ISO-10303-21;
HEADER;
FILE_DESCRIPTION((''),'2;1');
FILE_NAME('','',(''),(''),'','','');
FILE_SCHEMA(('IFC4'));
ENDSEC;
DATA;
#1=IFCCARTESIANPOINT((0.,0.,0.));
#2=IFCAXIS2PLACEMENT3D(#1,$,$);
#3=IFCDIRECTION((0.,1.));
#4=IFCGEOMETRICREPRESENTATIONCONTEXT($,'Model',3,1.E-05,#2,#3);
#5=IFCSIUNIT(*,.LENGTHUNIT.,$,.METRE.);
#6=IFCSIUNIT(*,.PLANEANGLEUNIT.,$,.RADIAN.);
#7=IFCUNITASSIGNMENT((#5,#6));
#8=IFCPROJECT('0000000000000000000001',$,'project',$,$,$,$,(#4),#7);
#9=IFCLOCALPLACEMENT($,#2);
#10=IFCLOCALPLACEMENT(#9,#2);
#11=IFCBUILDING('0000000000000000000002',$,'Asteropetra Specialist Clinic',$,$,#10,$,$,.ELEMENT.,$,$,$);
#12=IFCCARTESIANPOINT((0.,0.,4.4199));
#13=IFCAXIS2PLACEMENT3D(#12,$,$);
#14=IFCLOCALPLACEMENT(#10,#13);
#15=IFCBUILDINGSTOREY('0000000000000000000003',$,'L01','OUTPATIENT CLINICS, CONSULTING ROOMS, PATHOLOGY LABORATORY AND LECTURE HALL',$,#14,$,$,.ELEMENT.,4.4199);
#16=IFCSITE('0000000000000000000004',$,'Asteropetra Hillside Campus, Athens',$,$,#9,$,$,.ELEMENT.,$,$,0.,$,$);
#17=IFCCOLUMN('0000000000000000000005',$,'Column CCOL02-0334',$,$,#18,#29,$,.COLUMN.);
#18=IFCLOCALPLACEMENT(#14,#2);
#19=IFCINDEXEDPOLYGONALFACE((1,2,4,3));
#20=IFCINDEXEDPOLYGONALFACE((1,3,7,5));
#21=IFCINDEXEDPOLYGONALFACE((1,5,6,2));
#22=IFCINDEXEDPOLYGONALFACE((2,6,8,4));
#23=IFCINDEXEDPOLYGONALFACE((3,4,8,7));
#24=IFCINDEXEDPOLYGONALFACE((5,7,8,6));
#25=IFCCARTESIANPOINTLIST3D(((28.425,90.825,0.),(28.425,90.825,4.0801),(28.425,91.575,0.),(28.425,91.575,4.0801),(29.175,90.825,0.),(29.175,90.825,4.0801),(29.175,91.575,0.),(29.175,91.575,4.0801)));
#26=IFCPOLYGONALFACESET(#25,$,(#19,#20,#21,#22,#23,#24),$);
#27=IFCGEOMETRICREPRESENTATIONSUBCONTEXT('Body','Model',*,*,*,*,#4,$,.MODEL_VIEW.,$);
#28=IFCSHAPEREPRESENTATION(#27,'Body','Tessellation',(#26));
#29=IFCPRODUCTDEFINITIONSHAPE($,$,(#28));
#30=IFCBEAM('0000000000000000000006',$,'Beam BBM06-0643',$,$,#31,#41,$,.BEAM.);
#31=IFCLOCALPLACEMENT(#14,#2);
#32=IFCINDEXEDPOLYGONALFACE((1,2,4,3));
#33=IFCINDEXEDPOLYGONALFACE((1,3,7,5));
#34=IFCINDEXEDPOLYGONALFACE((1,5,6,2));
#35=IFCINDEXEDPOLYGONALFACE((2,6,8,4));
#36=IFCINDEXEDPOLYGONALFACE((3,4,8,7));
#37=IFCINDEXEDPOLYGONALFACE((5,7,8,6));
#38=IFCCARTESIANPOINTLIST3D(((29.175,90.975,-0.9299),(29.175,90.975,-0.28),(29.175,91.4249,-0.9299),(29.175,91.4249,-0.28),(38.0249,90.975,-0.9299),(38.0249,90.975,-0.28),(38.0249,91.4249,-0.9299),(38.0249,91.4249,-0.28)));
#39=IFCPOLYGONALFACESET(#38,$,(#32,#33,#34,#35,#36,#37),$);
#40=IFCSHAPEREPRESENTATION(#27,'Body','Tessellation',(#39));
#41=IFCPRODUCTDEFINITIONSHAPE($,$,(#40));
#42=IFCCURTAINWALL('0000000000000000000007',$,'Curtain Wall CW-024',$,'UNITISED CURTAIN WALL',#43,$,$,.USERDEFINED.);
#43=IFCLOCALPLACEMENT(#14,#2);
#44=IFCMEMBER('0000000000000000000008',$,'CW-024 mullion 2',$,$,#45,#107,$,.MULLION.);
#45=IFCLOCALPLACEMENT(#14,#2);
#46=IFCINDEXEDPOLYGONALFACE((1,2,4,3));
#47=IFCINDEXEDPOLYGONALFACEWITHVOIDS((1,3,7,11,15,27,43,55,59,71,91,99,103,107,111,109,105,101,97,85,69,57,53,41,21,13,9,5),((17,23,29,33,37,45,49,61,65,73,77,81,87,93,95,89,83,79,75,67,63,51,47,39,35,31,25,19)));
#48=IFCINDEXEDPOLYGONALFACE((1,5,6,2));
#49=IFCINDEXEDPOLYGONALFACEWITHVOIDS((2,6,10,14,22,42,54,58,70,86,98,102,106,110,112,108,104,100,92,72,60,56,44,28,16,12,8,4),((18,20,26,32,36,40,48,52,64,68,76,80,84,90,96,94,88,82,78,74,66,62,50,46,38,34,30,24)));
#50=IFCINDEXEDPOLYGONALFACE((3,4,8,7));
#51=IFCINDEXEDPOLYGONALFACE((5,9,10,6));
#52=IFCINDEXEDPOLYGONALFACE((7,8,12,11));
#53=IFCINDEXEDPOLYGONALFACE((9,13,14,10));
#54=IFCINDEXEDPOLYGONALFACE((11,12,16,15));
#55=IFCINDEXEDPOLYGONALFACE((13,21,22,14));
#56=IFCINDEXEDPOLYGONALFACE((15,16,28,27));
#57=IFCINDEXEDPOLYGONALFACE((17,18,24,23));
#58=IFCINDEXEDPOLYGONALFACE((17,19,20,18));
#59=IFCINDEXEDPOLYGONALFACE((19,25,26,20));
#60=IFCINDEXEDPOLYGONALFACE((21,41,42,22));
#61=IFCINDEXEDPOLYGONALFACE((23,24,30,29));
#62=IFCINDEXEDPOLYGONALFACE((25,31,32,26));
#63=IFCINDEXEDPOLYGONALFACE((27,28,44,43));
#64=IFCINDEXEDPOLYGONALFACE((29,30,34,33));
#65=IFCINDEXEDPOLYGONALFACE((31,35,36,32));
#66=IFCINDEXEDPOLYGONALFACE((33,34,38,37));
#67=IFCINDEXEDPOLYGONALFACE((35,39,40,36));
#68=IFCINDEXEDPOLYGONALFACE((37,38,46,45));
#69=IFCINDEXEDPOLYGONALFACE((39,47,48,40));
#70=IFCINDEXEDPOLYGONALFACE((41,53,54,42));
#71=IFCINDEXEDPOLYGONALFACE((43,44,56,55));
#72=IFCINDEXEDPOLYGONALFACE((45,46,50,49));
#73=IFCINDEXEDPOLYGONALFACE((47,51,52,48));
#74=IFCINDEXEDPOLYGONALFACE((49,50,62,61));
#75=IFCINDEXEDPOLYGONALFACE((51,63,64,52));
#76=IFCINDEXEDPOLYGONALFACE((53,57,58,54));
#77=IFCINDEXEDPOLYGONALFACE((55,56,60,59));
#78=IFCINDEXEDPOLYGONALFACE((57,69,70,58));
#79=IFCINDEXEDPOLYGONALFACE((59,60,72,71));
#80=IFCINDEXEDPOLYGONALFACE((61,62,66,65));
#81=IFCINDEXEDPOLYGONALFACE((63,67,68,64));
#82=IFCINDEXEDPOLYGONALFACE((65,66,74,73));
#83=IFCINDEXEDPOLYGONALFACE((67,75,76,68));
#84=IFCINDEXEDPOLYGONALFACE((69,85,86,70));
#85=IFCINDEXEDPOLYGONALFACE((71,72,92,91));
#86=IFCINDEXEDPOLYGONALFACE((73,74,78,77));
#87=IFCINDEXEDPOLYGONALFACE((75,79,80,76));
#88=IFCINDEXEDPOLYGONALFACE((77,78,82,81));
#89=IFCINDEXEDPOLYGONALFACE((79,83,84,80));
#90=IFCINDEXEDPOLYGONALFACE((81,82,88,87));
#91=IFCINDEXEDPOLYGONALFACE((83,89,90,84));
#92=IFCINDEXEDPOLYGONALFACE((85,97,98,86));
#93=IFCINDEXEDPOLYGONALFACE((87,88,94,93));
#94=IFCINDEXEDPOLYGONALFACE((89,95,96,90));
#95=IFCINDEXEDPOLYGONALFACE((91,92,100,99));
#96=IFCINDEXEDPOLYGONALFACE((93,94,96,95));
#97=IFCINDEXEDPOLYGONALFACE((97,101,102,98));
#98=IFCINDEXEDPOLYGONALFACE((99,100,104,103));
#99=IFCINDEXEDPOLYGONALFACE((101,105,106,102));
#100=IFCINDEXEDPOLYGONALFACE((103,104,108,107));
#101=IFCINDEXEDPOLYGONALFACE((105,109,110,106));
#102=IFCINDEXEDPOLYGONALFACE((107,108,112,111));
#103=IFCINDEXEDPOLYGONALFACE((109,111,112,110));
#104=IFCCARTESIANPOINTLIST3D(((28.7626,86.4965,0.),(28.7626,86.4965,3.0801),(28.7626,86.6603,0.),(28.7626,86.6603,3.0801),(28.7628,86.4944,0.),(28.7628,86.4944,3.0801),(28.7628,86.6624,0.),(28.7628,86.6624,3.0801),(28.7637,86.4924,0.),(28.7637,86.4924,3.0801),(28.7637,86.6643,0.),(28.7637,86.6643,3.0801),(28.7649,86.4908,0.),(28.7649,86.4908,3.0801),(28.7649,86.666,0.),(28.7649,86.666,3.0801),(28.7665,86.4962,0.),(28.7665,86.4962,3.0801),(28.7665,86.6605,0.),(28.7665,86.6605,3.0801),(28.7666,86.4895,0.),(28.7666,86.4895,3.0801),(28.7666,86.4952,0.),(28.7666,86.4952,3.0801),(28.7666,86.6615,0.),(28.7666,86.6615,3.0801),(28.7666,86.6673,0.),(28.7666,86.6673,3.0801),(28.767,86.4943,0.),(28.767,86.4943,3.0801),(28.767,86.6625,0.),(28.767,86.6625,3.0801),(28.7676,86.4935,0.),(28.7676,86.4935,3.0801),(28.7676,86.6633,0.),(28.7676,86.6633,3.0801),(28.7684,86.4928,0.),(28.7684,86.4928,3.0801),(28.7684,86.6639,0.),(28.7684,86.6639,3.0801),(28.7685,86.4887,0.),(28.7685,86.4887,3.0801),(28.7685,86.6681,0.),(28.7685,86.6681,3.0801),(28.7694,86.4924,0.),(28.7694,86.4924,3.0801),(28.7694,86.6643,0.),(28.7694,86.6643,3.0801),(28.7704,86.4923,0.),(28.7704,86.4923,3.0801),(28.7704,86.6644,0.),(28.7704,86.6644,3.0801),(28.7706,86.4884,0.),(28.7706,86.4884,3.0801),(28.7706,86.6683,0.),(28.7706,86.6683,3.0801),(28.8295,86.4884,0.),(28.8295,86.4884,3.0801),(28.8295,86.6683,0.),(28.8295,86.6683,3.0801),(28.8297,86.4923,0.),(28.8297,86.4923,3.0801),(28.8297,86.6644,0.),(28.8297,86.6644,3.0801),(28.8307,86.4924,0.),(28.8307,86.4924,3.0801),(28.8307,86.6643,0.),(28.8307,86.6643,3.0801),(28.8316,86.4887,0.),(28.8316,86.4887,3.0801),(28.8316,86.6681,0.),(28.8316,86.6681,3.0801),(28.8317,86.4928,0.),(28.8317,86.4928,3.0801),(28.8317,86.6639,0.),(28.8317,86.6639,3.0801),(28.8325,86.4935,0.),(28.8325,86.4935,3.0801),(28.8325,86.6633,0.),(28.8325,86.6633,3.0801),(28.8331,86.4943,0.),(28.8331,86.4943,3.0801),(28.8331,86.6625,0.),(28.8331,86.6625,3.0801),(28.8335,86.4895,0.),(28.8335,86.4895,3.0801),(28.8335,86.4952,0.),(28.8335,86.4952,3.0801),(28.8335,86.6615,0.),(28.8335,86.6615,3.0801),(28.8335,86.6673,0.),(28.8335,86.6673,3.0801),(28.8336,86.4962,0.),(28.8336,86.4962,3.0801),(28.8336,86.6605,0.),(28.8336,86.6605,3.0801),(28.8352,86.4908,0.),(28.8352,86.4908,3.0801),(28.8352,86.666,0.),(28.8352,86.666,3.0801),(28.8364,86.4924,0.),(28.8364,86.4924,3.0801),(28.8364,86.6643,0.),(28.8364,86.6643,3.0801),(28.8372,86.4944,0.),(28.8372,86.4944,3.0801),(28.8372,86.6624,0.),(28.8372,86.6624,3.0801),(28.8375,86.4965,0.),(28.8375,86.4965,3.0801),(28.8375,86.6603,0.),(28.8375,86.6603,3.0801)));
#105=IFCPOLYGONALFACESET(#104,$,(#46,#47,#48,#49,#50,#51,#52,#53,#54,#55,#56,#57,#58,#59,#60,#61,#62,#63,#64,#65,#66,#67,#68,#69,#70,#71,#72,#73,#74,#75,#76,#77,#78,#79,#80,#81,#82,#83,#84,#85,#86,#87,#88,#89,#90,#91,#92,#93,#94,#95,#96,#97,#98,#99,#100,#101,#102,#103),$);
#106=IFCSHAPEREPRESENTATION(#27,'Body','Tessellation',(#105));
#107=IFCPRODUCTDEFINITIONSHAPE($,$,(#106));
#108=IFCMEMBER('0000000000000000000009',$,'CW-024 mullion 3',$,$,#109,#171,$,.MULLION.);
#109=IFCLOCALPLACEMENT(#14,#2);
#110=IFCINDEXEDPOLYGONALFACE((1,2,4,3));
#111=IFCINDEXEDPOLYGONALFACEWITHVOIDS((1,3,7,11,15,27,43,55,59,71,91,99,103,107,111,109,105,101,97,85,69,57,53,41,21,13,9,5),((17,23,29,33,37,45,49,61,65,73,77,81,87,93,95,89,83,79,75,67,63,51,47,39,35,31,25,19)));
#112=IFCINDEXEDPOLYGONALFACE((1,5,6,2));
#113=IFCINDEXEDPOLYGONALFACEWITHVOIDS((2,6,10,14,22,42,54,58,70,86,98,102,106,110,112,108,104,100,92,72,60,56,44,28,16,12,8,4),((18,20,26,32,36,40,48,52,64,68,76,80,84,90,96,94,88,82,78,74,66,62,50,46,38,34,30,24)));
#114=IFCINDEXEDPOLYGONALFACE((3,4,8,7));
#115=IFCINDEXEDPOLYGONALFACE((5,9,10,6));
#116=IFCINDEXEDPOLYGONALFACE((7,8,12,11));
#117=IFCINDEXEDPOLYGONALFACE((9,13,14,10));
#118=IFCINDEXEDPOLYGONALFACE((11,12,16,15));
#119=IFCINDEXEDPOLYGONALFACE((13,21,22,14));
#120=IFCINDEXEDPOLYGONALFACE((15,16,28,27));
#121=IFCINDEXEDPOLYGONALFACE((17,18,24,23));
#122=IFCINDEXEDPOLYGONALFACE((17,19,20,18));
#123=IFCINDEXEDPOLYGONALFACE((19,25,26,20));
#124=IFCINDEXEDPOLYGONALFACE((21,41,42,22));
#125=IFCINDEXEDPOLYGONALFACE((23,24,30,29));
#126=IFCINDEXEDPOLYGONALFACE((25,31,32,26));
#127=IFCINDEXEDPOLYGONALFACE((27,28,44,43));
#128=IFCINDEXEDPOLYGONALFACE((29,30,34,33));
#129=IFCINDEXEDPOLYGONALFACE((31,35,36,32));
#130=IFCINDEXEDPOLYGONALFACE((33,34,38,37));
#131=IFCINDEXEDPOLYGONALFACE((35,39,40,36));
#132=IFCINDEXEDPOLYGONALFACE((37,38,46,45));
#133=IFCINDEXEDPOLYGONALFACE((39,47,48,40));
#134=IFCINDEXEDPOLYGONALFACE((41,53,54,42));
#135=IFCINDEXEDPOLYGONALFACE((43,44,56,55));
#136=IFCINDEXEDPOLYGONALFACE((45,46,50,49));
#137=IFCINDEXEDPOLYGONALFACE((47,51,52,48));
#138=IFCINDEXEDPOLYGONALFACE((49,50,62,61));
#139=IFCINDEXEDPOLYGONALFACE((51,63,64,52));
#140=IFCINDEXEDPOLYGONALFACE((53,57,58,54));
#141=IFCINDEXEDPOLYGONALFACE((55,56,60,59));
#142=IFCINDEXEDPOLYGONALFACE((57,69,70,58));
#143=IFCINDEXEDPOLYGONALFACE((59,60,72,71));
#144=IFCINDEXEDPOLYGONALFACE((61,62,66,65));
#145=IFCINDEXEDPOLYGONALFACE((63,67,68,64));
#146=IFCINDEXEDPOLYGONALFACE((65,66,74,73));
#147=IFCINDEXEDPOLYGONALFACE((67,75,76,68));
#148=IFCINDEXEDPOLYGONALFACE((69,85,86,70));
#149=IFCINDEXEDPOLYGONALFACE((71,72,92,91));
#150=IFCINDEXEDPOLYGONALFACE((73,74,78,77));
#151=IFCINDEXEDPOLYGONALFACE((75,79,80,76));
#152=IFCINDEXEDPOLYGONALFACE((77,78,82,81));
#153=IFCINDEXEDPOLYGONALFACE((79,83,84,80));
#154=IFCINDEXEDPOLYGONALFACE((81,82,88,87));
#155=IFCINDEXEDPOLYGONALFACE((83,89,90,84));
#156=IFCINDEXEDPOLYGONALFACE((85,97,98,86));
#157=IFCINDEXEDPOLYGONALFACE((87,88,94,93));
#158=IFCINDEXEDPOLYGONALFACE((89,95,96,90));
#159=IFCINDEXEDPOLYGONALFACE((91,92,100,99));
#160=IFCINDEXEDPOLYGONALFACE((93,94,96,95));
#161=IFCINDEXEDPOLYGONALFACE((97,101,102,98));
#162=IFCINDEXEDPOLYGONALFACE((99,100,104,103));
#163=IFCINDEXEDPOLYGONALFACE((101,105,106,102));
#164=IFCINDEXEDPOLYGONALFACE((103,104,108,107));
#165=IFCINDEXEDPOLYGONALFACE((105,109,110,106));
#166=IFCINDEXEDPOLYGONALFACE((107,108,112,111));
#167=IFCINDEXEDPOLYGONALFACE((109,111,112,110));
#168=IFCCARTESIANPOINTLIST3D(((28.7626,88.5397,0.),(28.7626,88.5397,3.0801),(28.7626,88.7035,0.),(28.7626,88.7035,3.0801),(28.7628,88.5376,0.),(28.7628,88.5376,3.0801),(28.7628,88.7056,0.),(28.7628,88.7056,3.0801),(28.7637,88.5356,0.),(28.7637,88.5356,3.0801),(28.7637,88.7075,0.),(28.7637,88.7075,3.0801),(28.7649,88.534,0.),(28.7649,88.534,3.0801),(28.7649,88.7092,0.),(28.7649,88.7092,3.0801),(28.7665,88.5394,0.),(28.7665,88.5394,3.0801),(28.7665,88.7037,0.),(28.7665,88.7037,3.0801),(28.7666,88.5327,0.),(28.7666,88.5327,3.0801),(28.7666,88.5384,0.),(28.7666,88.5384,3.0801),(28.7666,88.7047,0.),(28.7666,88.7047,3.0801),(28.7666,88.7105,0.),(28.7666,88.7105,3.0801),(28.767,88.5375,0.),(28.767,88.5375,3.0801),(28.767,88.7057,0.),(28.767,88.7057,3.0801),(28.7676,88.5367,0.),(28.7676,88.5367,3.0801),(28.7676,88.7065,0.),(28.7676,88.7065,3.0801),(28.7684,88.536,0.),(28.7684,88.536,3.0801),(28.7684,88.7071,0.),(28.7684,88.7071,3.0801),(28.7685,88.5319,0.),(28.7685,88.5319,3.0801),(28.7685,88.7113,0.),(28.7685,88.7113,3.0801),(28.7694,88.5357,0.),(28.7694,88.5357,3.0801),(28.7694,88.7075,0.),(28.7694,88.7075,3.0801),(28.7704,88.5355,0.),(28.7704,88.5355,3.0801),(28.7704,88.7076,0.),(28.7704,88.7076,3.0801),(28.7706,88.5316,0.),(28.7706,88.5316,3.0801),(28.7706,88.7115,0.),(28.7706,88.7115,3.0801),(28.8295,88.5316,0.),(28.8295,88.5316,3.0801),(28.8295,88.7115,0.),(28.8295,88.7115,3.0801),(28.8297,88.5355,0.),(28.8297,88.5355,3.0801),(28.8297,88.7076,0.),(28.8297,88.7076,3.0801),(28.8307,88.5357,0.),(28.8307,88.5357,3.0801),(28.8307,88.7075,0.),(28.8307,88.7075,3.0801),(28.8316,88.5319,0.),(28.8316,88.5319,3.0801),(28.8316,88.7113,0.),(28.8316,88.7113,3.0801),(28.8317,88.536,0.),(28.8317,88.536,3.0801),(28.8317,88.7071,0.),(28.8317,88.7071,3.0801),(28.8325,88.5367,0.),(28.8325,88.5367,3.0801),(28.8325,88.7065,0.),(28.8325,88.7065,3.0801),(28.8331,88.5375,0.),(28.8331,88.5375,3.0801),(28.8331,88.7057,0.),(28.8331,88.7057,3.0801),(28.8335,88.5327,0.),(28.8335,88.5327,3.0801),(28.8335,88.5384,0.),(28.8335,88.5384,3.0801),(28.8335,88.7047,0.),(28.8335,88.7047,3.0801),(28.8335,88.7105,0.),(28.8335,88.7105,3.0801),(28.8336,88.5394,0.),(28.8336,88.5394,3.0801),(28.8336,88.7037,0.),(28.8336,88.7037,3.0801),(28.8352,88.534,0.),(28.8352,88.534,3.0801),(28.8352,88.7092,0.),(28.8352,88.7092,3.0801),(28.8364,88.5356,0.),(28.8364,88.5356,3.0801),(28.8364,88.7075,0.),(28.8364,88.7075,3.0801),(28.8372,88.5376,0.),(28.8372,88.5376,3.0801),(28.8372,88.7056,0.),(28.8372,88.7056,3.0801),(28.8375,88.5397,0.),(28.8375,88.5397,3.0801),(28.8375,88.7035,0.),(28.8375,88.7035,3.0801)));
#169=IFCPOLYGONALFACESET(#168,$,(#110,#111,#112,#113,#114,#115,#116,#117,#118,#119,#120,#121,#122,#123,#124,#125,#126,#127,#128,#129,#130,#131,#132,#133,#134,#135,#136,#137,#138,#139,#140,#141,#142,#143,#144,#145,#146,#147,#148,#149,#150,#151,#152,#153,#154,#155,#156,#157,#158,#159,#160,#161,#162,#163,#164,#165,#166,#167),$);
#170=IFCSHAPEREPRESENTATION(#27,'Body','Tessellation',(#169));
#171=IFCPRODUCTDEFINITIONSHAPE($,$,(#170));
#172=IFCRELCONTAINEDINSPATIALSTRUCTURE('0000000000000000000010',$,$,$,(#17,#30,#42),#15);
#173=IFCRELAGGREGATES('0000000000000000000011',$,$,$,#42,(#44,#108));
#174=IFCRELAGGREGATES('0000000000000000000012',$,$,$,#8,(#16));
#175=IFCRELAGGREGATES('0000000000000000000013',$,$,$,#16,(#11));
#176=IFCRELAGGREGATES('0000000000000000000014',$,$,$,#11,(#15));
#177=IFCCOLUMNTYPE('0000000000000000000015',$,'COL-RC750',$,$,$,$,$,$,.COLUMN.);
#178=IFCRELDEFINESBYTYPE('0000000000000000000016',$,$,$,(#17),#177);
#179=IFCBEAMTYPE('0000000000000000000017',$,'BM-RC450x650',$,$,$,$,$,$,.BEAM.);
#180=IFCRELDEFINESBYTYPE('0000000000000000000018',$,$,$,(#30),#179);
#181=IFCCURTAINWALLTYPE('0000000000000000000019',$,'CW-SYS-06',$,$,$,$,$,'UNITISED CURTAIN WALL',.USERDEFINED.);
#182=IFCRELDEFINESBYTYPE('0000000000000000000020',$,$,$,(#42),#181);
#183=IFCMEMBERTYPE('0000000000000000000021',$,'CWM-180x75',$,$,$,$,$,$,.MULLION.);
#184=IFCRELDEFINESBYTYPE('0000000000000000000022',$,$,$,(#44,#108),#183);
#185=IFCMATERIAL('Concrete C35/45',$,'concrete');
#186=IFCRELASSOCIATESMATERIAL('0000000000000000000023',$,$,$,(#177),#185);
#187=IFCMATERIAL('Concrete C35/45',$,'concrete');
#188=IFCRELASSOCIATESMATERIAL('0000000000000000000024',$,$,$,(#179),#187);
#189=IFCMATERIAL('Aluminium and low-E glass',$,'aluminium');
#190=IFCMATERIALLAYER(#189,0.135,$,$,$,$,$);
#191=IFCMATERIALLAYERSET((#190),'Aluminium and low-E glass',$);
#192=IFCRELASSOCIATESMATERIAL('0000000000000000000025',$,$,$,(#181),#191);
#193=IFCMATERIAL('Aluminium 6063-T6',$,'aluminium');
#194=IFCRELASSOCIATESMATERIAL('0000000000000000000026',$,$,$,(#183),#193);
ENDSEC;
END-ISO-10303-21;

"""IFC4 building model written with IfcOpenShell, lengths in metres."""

from ifc_helpers import new_model, si_unit, direction, frame, origin, origin_2d, place, context, subcontext, project, spatial, rectangle, hollow_rectangle, extrude, material, layer, layer_set, material_profile, profile_set, type_object, element, aggregate, save


model = new_model("IFC4")

# Units and contexts
model_context = context("Model", 3, precision=1e-05, world=origin(), true_north=direction((0.0, 1.0)))
body_context = subcontext(model_context, "Body", "Model", "MODEL_VIEW")
ifc_project = project(units=[si_unit("LENGTHUNIT", "METRE"), si_unit("PLANEANGLEUNIT", "RADIAN")], contexts=[model_context])

# Site, building, storey
site_placement = place(None, origin())
site = spatial("IfcSite", under=ifc_project, at=site_placement, Name="Asteropetra Hillside Campus, Athens", CompositionType="ELEMENT", RefElevation=0.0)
building_placement = place(site_placement, origin())
building = spatial("IfcBuilding", under=site, at=building_placement, Name="Asteropetra Specialist Clinic", CompositionType="ELEMENT")
storey_placement = place(building_placement, frame((0.0, 0.0, 4.4199)))
storey = spatial("IfcBuildingStorey", under=building, at=storey_placement, Name="L01", Description="OUTPATIENT CLINICS, CONSULTING ROOMS, PATHOLOGY LABORATORY AND LECTURE HALL", CompositionType="ELEMENT", Elevation=4.4199)

# Column
ifc_material_1 = material(Name="Concrete C35/45", Category="concrete")
ifc_material_profile_1 = material_profile(ifc_material_1, rectangle(XDim=0.75, YDim=0.75, at=origin_2d()), Name="RC 750x750")
ifc_profile_set_1 = profile_set([ifc_material_profile_1], Name="Concrete C35/45")
column_type = type_object("IfcColumnType", Name="COL-RC750", PredefinedType="COLUMN", material=ifc_profile_set_1)
column_placement = place(storey_placement, frame((28.8, 91.2, 0.0), z_axis=(0.0, 0.0, 1.0), x_axis=(1.0, 0.0, 0.0)))
element("IfcColumn", 1, at=column_placement, inside=storey, type_object=column_type, Name="Column CCOL02-0334", PredefinedType="COLUMN", context=body_context, shape_type="SweptSolid", body=[
    extrude(rectangle(XDim=0.75, YDim=0.75, at=origin_2d()), origin(), (0.0, 0.0, 1.0), 4.0801),
])

# Beam
ifc_material_2 = material(Name="Concrete C35/45", Category="concrete")
ifc_material_profile_2 = material_profile(ifc_material_2, rectangle(XDim=0.45, YDim=0.6499, at=origin_2d()), Name="RCB 450x650")
ifc_profile_set_2 = profile_set([ifc_material_profile_2], Name="Concrete C35/45")
beam_type = type_object("IfcBeamType", Name="BM-RC450x650", PredefinedType="BEAM", material=ifc_profile_set_2)
beam_placement = place(storey_placement, frame((29.175, 91.2, -0.605), z_axis=(1.0, 0.0, 0.0), x_axis=(0.0, 1.0, 0.0)))
element("IfcBeam", 2, at=beam_placement, inside=storey, type_object=beam_type, Name="Beam BBM06-0643", PredefinedType="BEAM", context=body_context, shape_type="SweptSolid", body=[
    extrude(rectangle(XDim=0.45, YDim=0.6499, at=origin_2d()), origin(), (0.0, 0.0, 1.0), 8.8499),
])

# Curtain wall, members
ifc_material_3 = material(Name="Aluminium and low-E glass", Category="aluminium")
ifc_layer_1 = layer(ifc_material_3, 0.135)
ifc_layer_set_1 = layer_set([ifc_layer_1], Name="Aluminium and low-E glass")
curtain_wall_type = type_object("IfcCurtainWallType", Name="CW-SYS-06", ElementType="UNITISED CURTAIN WALL", PredefinedType="USERDEFINED", material=ifc_layer_set_1)
curtain_wall_placement = place(storey_placement, origin())
curtain_wall = element("IfcCurtainWall", 3, at=curtain_wall_placement, inside=storey, type_object=curtain_wall_type, Name="Curtain Wall CW-024", ObjectType="UNITISED CURTAIN WALL", PredefinedType="USERDEFINED")
ifc_material_4 = material(Name="Aluminium 6063-T6", Category="aluminium")
ifc_material_profile_3 = material_profile(ifc_material_4, hollow_rectangle(XDim=0.075, YDim=0.1799, WallThickness=0.0039, InnerFilletRadius=0.0039, OuterFilletRadius=0.0081, at=origin_2d()), Name="MUL 180x75x4.0")
ifc_profile_set_3 = profile_set([ifc_material_profile_3], Name="Aluminium 6063-T6")
member_type_1 = type_object("IfcMemberType", Name="CWM-180x75", PredefinedType="MULLION", material=ifc_profile_set_3)
member_1_placement = place(storey_placement, frame((28.8, 86.5784, 0.0), z_axis=(0.0, 0.0, 1.0), x_axis=(-1.0, 0.0, 0.0)))
member_1 = element("IfcMember", 4, at=member_1_placement, type_object=member_type_1, Name="CW-024 mullion 2", PredefinedType="MULLION", context=body_context, shape_type="SweptSolid", body=[
    extrude(hollow_rectangle(XDim=0.075, YDim=0.1799, WallThickness=0.0039, InnerFilletRadius=0.0039, OuterFilletRadius=0.0081, at=origin_2d()), origin(), (0.0, 0.0, 1.0), 3.0801),
])
member_2_placement = place(storey_placement, frame((28.8, 88.6216, 0.0), z_axis=(0.0, 0.0, 1.0), x_axis=(-1.0, 0.0, 0.0)))
member_2 = element("IfcMember", 5, at=member_2_placement, type_object=member_type_1, Name="CW-024 mullion 3", PredefinedType="MULLION", context=body_context, shape_type="SweptSolid", body=[
    extrude(hollow_rectangle(XDim=0.075, YDim=0.1799, WallThickness=0.0039, InnerFilletRadius=0.0039, OuterFilletRadius=0.0081, at=origin_2d()), origin(), (0.0, 0.0, 1.0), 3.0801),
])
aggregate(curtain_wall, [member_1, member_2])

save(model, "model.ifc")
